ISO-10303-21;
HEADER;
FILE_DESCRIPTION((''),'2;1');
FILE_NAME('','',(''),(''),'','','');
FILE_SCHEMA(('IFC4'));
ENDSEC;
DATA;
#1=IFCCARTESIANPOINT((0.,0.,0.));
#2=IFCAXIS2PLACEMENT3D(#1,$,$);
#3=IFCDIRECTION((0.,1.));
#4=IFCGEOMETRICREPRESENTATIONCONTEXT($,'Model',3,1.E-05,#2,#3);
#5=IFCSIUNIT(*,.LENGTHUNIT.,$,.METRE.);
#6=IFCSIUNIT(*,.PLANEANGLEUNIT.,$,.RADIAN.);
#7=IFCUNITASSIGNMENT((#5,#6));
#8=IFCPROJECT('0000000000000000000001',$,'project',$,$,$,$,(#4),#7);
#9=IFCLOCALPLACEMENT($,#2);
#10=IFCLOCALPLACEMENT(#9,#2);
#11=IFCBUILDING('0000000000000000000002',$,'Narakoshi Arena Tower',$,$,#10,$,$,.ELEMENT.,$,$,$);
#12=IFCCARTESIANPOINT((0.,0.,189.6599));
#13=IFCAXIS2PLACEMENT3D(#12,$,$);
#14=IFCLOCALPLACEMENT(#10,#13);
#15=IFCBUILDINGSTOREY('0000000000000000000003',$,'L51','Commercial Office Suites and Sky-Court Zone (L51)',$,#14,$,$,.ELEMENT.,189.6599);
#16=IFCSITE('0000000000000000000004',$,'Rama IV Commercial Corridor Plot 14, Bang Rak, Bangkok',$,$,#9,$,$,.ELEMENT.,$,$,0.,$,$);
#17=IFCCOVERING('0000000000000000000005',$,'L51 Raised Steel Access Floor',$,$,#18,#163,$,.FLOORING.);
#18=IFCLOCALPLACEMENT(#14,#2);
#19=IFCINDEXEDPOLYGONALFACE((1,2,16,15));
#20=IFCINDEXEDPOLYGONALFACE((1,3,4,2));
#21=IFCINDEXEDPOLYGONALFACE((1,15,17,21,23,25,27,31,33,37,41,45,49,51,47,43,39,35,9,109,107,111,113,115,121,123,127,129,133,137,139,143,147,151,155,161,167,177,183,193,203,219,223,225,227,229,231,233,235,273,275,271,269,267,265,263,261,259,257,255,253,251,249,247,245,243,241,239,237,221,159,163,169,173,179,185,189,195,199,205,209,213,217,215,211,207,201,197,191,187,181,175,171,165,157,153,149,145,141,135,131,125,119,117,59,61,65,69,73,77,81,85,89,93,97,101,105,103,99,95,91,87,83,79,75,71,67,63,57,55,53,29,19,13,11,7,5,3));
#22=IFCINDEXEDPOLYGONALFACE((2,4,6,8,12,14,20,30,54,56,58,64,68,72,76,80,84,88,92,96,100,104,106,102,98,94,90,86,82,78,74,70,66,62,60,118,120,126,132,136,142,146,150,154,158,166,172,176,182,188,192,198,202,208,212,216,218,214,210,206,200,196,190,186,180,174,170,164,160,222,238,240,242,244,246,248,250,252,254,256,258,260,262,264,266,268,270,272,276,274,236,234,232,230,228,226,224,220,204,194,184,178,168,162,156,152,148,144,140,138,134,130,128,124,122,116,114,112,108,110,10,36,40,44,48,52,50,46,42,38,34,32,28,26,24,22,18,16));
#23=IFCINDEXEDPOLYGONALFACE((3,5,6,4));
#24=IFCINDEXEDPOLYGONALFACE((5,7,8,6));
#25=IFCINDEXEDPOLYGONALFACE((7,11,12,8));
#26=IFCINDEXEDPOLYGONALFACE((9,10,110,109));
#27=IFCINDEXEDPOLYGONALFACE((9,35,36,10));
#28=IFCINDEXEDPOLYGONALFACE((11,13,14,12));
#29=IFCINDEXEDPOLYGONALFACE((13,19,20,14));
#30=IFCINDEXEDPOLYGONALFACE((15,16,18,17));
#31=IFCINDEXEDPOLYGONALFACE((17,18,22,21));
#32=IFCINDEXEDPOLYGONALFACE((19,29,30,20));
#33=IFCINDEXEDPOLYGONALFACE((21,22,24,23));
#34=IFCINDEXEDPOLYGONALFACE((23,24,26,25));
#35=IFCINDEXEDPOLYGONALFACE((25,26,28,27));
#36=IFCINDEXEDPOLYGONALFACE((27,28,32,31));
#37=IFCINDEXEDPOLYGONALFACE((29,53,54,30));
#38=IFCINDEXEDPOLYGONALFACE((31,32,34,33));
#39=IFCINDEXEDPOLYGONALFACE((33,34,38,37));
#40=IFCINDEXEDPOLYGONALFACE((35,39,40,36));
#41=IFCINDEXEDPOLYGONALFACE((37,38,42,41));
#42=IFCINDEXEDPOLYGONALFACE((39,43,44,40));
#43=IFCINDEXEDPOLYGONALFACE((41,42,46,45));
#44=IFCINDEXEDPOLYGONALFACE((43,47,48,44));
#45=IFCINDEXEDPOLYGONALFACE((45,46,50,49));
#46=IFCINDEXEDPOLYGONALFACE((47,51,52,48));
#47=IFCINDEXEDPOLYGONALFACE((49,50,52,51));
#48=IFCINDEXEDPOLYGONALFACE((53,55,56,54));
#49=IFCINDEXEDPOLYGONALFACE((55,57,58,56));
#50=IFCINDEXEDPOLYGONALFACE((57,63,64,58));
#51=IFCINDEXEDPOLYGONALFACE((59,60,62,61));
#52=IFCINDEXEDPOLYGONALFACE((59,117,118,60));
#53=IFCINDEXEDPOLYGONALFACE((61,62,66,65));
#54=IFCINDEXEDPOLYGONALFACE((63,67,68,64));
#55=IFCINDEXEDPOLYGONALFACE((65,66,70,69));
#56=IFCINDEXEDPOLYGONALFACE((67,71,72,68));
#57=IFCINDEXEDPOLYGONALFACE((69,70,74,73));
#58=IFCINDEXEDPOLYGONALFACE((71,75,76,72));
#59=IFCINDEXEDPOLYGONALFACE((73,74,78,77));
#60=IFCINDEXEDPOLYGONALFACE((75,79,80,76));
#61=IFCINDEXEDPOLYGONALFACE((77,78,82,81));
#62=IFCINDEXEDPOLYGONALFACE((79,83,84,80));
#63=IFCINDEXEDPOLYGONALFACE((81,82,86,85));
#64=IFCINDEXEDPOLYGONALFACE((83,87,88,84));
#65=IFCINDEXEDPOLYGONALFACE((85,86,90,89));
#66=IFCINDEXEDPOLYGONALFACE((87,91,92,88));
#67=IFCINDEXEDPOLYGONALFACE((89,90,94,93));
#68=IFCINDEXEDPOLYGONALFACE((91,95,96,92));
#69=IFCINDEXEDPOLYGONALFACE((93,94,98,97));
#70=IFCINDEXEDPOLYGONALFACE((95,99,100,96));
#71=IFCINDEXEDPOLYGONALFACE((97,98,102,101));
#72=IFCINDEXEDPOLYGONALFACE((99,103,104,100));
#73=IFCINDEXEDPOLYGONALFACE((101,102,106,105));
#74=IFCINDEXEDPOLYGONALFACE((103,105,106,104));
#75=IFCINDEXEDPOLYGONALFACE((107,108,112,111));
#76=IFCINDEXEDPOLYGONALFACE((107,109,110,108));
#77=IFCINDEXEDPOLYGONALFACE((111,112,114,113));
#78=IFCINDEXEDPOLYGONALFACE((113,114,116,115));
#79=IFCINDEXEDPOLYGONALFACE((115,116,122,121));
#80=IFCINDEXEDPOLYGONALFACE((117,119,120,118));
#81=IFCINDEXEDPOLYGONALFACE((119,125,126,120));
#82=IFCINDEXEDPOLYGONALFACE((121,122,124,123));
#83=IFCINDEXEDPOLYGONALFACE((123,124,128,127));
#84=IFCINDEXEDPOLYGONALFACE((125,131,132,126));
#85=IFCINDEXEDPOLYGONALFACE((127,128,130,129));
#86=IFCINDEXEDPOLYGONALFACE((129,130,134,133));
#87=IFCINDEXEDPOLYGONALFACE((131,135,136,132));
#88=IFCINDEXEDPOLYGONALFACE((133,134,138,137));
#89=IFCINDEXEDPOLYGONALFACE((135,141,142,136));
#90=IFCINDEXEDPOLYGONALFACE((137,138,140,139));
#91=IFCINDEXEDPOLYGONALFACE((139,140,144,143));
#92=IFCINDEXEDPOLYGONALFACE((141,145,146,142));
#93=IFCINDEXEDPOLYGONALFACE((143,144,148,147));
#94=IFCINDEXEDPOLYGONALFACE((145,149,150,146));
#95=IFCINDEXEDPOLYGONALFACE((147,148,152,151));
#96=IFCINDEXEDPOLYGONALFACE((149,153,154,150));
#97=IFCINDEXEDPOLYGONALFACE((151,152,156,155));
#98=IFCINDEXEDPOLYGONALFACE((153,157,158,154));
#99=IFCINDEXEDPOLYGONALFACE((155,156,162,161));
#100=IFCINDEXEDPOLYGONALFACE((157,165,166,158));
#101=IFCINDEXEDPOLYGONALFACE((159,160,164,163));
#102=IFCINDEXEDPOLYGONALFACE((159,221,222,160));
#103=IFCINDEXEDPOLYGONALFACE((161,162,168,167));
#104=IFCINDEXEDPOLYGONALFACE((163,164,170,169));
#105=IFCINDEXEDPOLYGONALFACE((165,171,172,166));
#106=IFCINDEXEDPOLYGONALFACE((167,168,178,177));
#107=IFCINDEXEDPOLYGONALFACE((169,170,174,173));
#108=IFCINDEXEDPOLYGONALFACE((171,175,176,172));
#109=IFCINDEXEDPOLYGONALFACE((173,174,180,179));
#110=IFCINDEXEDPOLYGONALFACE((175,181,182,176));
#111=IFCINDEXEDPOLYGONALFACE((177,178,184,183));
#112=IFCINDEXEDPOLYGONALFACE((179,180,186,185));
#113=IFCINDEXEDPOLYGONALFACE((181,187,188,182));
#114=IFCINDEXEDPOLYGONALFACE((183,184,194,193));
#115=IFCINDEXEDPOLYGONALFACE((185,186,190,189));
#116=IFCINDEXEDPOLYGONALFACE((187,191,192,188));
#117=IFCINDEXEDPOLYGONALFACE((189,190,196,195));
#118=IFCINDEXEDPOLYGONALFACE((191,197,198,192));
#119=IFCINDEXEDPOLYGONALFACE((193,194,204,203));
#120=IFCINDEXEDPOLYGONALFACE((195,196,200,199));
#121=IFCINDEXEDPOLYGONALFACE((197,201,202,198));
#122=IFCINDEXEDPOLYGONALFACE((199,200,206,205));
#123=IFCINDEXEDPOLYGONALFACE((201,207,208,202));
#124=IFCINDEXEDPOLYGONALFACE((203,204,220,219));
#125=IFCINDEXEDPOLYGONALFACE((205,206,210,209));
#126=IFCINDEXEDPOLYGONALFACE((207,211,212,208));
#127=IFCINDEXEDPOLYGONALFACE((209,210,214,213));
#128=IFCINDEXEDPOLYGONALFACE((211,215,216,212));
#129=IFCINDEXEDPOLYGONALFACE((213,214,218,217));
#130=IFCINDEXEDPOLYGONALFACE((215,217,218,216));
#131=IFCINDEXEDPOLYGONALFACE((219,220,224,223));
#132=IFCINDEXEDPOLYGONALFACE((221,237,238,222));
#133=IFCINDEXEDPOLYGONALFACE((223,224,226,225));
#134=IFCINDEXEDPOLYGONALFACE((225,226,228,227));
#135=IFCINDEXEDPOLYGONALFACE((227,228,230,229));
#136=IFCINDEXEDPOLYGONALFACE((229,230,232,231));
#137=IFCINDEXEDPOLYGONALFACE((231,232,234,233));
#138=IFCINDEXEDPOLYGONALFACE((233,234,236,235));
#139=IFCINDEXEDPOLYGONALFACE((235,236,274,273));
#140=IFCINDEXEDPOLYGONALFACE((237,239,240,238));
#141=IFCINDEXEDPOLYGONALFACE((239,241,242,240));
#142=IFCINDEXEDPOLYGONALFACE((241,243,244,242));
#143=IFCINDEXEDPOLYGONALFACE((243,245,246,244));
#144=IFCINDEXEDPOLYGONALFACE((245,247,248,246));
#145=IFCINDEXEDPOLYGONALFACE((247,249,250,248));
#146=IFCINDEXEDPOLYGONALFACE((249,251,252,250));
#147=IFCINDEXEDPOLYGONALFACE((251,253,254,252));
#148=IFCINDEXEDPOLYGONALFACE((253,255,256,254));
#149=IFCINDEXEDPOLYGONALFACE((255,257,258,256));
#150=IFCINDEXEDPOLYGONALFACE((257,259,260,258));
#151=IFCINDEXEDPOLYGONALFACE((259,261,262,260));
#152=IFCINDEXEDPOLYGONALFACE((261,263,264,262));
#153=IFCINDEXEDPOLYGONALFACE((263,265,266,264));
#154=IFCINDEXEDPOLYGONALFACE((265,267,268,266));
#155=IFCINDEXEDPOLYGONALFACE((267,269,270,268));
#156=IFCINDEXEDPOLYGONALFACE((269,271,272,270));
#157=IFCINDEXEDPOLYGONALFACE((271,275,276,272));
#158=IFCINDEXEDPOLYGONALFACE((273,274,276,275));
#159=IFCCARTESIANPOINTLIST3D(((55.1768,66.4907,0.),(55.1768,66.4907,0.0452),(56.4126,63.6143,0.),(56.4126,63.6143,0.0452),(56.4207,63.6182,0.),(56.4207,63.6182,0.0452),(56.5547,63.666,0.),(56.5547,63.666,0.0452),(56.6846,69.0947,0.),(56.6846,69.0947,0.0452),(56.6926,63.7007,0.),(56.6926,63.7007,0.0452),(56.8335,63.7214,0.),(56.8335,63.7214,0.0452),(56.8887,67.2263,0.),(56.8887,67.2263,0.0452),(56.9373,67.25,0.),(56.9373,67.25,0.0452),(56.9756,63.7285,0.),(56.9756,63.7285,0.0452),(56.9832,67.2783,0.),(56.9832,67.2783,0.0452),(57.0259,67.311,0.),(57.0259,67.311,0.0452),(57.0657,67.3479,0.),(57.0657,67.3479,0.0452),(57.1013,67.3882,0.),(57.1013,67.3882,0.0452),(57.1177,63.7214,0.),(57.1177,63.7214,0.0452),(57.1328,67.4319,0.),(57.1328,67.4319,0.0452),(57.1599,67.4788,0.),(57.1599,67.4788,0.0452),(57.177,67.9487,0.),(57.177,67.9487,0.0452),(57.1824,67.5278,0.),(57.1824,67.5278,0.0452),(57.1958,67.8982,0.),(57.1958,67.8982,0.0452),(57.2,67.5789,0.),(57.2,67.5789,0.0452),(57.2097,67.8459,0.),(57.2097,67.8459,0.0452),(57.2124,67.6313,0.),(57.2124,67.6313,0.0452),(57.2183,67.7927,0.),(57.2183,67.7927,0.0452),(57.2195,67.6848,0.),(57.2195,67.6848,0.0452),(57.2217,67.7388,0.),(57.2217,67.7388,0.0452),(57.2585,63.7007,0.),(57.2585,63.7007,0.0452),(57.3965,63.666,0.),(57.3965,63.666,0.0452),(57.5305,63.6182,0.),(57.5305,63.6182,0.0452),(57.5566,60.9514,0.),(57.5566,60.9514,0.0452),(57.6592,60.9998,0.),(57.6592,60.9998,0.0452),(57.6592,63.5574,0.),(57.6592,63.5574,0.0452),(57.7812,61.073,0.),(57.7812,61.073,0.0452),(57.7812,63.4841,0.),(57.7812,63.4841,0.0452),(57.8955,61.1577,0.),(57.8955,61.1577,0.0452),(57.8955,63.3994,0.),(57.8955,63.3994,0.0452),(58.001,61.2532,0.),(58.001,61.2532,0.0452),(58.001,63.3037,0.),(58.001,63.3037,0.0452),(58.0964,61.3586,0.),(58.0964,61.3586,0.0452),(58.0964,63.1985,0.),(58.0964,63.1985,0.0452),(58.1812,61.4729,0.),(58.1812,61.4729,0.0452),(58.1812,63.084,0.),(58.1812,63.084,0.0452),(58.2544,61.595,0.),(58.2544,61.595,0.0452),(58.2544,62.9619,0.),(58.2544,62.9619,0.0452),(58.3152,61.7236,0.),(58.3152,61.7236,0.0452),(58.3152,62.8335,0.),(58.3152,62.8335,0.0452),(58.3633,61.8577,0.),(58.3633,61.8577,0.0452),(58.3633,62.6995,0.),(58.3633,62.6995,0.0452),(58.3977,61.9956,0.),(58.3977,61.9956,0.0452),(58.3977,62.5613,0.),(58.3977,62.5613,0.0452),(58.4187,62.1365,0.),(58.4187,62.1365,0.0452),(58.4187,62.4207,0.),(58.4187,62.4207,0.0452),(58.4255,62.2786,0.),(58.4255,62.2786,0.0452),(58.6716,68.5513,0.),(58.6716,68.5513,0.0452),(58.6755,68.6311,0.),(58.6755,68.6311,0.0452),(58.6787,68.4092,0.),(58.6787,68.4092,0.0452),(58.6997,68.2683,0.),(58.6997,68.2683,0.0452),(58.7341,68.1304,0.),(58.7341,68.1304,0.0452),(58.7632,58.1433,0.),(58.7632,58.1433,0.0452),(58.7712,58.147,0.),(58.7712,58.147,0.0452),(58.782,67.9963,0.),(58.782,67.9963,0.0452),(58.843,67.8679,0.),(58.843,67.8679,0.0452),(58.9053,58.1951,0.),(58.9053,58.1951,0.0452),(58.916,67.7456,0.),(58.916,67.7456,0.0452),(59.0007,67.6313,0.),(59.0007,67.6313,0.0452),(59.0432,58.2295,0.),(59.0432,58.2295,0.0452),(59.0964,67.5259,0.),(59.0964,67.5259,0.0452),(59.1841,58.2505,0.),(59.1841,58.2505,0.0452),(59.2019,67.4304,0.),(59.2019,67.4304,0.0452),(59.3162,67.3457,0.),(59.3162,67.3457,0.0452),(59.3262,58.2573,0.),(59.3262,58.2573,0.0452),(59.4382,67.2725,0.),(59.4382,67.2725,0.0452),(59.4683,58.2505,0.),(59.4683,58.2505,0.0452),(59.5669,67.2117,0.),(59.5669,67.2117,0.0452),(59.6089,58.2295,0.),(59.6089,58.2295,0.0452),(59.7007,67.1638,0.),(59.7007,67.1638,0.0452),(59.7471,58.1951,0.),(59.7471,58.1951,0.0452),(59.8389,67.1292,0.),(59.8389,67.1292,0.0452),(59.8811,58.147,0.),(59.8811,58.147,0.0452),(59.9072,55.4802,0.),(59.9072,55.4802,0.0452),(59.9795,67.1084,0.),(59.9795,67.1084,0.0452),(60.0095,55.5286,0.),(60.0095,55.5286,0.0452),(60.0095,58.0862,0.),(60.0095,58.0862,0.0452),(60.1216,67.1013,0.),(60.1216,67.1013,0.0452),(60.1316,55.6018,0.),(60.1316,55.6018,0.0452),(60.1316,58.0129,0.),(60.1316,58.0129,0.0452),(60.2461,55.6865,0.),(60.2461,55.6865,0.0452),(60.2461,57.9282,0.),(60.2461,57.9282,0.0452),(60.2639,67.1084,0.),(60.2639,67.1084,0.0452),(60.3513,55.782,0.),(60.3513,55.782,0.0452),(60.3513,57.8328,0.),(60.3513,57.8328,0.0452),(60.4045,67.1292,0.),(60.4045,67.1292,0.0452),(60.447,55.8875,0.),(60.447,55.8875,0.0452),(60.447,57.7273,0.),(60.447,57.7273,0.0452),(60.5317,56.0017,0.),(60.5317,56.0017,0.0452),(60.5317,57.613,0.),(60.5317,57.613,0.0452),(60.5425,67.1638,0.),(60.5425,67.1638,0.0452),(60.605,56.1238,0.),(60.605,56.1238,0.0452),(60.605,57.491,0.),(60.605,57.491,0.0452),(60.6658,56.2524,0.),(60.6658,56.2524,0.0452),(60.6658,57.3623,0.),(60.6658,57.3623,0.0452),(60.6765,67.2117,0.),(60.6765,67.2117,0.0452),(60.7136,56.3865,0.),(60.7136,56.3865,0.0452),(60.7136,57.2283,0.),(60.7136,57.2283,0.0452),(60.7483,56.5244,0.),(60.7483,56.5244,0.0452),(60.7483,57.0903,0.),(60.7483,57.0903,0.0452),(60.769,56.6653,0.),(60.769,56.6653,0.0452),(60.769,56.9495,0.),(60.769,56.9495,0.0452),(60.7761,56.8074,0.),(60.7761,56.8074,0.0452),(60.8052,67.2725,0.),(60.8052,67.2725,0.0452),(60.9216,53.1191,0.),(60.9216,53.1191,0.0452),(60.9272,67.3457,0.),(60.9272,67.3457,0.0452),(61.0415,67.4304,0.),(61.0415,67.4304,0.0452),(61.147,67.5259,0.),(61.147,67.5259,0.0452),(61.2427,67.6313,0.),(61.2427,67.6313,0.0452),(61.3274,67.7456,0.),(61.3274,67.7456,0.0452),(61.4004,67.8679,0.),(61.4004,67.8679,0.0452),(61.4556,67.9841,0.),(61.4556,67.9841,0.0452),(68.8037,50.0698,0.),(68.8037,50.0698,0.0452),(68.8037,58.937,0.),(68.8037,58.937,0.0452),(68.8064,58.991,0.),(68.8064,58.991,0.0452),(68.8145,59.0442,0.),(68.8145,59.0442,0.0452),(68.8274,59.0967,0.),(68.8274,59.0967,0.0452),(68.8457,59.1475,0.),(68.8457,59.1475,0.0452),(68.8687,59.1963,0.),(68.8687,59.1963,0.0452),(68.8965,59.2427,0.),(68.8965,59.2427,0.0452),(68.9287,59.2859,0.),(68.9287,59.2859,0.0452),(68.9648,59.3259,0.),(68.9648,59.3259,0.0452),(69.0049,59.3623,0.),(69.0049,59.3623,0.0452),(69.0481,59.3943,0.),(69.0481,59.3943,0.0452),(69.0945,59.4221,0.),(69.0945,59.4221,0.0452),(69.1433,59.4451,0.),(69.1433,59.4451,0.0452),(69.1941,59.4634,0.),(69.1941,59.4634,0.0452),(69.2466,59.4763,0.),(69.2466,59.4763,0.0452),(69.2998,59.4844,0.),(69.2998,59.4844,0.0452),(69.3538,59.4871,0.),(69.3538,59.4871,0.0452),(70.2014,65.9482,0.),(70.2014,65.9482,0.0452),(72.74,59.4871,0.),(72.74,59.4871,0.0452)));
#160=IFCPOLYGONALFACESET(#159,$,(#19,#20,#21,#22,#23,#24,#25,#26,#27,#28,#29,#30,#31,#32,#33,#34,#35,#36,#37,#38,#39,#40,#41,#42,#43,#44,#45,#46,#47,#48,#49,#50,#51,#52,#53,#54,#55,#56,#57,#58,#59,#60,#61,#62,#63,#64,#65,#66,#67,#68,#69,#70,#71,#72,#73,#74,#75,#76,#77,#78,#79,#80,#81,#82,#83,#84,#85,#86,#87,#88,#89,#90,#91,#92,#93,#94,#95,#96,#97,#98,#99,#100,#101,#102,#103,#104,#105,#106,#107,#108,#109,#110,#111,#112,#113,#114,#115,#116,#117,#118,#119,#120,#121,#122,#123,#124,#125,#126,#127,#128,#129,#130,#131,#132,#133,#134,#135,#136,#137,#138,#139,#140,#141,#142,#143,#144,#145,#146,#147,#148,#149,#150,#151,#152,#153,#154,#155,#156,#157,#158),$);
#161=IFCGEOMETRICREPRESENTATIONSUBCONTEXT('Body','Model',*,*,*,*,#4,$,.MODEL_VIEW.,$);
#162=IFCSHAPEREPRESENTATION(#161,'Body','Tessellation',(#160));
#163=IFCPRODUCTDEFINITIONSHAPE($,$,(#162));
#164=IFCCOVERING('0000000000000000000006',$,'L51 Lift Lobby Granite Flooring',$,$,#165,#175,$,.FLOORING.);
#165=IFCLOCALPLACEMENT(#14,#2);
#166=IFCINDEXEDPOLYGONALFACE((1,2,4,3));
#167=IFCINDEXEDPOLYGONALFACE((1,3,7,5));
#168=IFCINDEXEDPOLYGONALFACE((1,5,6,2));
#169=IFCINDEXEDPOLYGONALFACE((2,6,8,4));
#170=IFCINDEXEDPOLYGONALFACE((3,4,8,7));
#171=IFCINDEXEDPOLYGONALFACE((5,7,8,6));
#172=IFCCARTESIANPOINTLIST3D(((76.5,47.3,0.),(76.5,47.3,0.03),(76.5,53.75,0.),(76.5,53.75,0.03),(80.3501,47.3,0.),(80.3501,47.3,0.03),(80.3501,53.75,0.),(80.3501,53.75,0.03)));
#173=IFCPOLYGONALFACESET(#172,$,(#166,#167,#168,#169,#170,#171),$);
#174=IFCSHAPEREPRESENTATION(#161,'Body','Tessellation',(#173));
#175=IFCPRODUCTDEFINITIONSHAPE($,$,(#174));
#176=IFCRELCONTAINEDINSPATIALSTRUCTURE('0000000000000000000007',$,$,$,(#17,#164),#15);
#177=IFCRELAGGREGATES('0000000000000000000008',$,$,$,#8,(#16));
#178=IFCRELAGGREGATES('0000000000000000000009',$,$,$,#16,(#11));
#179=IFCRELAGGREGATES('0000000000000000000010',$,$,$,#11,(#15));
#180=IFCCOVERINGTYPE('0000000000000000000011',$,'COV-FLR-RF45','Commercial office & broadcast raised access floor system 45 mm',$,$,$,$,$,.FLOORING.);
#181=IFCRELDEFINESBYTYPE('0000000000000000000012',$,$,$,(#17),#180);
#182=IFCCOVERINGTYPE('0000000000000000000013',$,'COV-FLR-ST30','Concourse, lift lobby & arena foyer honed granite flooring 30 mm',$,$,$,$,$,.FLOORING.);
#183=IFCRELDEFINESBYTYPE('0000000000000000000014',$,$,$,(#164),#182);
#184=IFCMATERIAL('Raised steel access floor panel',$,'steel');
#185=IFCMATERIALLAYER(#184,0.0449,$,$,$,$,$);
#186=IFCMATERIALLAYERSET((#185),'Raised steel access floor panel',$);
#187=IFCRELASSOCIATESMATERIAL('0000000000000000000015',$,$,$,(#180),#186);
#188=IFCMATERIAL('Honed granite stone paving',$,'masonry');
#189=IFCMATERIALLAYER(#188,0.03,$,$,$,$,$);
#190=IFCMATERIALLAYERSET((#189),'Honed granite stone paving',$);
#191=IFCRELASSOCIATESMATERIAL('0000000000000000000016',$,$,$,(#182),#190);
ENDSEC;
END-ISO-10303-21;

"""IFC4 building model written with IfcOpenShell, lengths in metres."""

from ifc_helpers import new_model, si_unit, direction, frame, origin, place, context, subcontext, project, spatial, polyline, outline, extrude, material, layer, layer_set, type_object, element, save


model = new_model("IFC4")

# Units and contexts
model_context = context("Model", 3, precision=1e-05, world=origin(), true_north=direction((0.0, 1.0)))
body_context = subcontext(model_context, "Body", "Model", "MODEL_VIEW")
ifc_project = project(units=[si_unit("LENGTHUNIT", "METRE"), si_unit("PLANEANGLEUNIT", "RADIAN")], contexts=[model_context])

# Site, building, storey
site_placement = place(None, origin())
site = spatial("IfcSite", under=ifc_project, at=site_placement, Name="Rama IV Commercial Corridor Plot 14, Bang Rak, Bangkok", CompositionType="ELEMENT", RefElevation=0.0)
building_placement = place(site_placement, origin())
building = spatial("IfcBuilding", under=site, at=building_placement, Name="Narakoshi Arena Tower", CompositionType="ELEMENT")
storey_placement = place(building_placement, frame((0.0, 0.0, 189.6599)))
storey = spatial("IfcBuildingStorey", under=building, at=storey_placement, Name="L51", Description="Commercial Office Suites and Sky-Court Zone (L51)", CompositionType="ELEMENT", Elevation=189.6599)

# Coverings
ifc_material_1 = material(Name="Raised steel access floor panel", Category="steel")
ifc_layer_1 = layer(ifc_material_1, 0.0449)
ifc_layer_set_1 = layer_set([ifc_layer_1], Name="Raised steel access floor panel")
covering_type_1 = type_object("IfcCoveringType", Name="COV-FLR-RF45", Description="Commercial office & broadcast raised access floor system 45 mm", PredefinedType="FLOORING", material=ifc_layer_set_1)
covering_1_placement = place(storey_placement, origin())
element("IfcCovering", 1, at=covering_1_placement, inside=storey, type_object=covering_type_1, Name="L51 Raised Steel Access Floor", PredefinedType="FLOORING", context=body_context, shape_type="SweptSolid", body=[
    extrude(outline(polyline([(56.9373, 67.25), (56.9832, 67.2783), (57.0259, 67.311), (57.0657, 67.3479), (57.1013, 67.3882), (57.1328, 67.4319), (57.1599, 67.4788), (57.1824, 67.5278), (57.2, 67.5789), (57.2124, 67.6313), (57.2195, 67.6848), (57.2217, 67.7388), (57.2183, 67.7927), (57.2097, 67.8459), (57.1958, 67.8982), (57.177, 67.9487), (56.6846, 69.0947), (58.6755, 68.6311), (58.6716, 68.5513), (58.6787, 68.4092), (58.6997, 68.2683), (58.7341, 68.1304), (58.782, 67.9963), (58.843, 67.8679), (58.916, 67.7456), (59.0007, 67.6313), (59.0964, 67.5259), (59.2019, 67.4304), (59.3162, 67.3457), (59.4382, 67.2725), (59.5669, 67.2117), (59.7007, 67.1638), (59.8389, 67.1292), (59.9795, 67.1084), (60.1216, 67.1013), (60.2639, 67.1084), (60.4045, 67.1292), (60.5425, 67.1638), (60.6765, 67.2117), (60.8052, 67.2725), (60.9272, 67.3457), (61.0415, 67.4304), (61.147, 67.5259), (61.2427, 67.6313), (61.3274, 67.7456), (61.4004, 67.8679), (61.4556, 67.9841), (70.2014, 65.9482), (72.74, 59.4871), (69.3538, 59.4871), (69.2998, 59.4844), (69.2466, 59.4763), (69.1941, 59.4634), (69.1433, 59.4451), (69.0945, 59.4221), (69.0481, 59.3943), (69.0049, 59.3623), (68.9648, 59.3259), (68.9287, 59.2859), (68.8965, 59.2427), (68.8687, 59.1963), (68.8457, 59.1475), (68.8274, 59.0967), (68.8145, 59.0442), (68.8064, 58.991), (68.8037, 58.937), (68.8037, 50.0698), (60.9216, 53.1191), (59.9072, 55.4802), (60.0095, 55.5286), (60.1316, 55.6018), (60.2461, 55.6865), (60.3513, 55.782), (60.447, 55.8875), (60.5317, 56.0017), (60.605, 56.1238), (60.6658, 56.2524), (60.7136, 56.3865), (60.7483, 56.5244), (60.769, 56.6653), (60.7761, 56.8074), (60.769, 56.9495), (60.7483, 57.0903), (60.7136, 57.2283), (60.6658, 57.3623), (60.605, 57.491), (60.5317, 57.613), (60.447, 57.7273), (60.3513, 57.8328), (60.2461, 57.9282), (60.1316, 58.0129), (60.0095, 58.0862), (59.8811, 58.147), (59.7471, 58.1951), (59.6089, 58.2295), (59.4683, 58.2505), (59.3262, 58.2573), (59.1841, 58.2505), (59.0432, 58.2295), (58.9053, 58.1951), (58.7712, 58.147), (58.7632, 58.1433), (57.5566, 60.9514), (57.6592, 60.9998), (57.7812, 61.073), (57.8955, 61.1577), (58.001, 61.2532), (58.0964, 61.3586), (58.1812, 61.4729), (58.2544, 61.595), (58.3152, 61.7236), (58.3633, 61.8577), (58.3977, 61.9956), (58.4187, 62.1365), (58.4255, 62.2786), (58.4187, 62.4207), (58.3977, 62.5613), (58.3633, 62.6995), (58.3152, 62.8335), (58.2544, 62.9619), (58.1812, 63.084), (58.0964, 63.1985), (58.001, 63.3037), (57.8955, 63.3994), (57.7812, 63.4841), (57.6592, 63.5574), (57.5305, 63.6182), (57.3965, 63.666), (57.2585, 63.7007), (57.1177, 63.7214), (56.9756, 63.7285), (56.8335, 63.7214), (56.6926, 63.7007), (56.5547, 63.666), (56.4207, 63.6182), (56.4126, 63.6143), (55.1768, 66.4907), (56.8887, 67.2263), (56.9373, 67.25)])), origin(), (0.0, 0.0, 1.0), 0.0452),
])
ifc_material_2 = material(Name="Honed granite stone paving", Category="masonry")
ifc_layer_2 = layer(ifc_material_2, 0.03)
ifc_layer_set_2 = layer_set([ifc_layer_2], Name="Honed granite stone paving")
covering_type_2 = type_object("IfcCoveringType", Name="COV-FLR-ST30", Description="Concourse, lift lobby & arena foyer honed granite flooring 30 mm", PredefinedType="FLOORING", material=ifc_layer_set_2)
covering_2_placement = place(storey_placement, origin())
element("IfcCovering", 2, at=covering_2_placement, inside=storey, type_object=covering_type_2, Name="L51 Lift Lobby Granite Flooring", PredefinedType="FLOORING", context=body_context, shape_type="SweptSolid", body=[
    extrude(outline(polyline([(76.5, 47.3), (80.3501, 47.3), (80.3501, 53.75), (76.5, 53.75), (76.5, 47.3)])), origin(), (0.0, 0.0, 1.0), 0.03),
])

save(model, "model.ifc")
